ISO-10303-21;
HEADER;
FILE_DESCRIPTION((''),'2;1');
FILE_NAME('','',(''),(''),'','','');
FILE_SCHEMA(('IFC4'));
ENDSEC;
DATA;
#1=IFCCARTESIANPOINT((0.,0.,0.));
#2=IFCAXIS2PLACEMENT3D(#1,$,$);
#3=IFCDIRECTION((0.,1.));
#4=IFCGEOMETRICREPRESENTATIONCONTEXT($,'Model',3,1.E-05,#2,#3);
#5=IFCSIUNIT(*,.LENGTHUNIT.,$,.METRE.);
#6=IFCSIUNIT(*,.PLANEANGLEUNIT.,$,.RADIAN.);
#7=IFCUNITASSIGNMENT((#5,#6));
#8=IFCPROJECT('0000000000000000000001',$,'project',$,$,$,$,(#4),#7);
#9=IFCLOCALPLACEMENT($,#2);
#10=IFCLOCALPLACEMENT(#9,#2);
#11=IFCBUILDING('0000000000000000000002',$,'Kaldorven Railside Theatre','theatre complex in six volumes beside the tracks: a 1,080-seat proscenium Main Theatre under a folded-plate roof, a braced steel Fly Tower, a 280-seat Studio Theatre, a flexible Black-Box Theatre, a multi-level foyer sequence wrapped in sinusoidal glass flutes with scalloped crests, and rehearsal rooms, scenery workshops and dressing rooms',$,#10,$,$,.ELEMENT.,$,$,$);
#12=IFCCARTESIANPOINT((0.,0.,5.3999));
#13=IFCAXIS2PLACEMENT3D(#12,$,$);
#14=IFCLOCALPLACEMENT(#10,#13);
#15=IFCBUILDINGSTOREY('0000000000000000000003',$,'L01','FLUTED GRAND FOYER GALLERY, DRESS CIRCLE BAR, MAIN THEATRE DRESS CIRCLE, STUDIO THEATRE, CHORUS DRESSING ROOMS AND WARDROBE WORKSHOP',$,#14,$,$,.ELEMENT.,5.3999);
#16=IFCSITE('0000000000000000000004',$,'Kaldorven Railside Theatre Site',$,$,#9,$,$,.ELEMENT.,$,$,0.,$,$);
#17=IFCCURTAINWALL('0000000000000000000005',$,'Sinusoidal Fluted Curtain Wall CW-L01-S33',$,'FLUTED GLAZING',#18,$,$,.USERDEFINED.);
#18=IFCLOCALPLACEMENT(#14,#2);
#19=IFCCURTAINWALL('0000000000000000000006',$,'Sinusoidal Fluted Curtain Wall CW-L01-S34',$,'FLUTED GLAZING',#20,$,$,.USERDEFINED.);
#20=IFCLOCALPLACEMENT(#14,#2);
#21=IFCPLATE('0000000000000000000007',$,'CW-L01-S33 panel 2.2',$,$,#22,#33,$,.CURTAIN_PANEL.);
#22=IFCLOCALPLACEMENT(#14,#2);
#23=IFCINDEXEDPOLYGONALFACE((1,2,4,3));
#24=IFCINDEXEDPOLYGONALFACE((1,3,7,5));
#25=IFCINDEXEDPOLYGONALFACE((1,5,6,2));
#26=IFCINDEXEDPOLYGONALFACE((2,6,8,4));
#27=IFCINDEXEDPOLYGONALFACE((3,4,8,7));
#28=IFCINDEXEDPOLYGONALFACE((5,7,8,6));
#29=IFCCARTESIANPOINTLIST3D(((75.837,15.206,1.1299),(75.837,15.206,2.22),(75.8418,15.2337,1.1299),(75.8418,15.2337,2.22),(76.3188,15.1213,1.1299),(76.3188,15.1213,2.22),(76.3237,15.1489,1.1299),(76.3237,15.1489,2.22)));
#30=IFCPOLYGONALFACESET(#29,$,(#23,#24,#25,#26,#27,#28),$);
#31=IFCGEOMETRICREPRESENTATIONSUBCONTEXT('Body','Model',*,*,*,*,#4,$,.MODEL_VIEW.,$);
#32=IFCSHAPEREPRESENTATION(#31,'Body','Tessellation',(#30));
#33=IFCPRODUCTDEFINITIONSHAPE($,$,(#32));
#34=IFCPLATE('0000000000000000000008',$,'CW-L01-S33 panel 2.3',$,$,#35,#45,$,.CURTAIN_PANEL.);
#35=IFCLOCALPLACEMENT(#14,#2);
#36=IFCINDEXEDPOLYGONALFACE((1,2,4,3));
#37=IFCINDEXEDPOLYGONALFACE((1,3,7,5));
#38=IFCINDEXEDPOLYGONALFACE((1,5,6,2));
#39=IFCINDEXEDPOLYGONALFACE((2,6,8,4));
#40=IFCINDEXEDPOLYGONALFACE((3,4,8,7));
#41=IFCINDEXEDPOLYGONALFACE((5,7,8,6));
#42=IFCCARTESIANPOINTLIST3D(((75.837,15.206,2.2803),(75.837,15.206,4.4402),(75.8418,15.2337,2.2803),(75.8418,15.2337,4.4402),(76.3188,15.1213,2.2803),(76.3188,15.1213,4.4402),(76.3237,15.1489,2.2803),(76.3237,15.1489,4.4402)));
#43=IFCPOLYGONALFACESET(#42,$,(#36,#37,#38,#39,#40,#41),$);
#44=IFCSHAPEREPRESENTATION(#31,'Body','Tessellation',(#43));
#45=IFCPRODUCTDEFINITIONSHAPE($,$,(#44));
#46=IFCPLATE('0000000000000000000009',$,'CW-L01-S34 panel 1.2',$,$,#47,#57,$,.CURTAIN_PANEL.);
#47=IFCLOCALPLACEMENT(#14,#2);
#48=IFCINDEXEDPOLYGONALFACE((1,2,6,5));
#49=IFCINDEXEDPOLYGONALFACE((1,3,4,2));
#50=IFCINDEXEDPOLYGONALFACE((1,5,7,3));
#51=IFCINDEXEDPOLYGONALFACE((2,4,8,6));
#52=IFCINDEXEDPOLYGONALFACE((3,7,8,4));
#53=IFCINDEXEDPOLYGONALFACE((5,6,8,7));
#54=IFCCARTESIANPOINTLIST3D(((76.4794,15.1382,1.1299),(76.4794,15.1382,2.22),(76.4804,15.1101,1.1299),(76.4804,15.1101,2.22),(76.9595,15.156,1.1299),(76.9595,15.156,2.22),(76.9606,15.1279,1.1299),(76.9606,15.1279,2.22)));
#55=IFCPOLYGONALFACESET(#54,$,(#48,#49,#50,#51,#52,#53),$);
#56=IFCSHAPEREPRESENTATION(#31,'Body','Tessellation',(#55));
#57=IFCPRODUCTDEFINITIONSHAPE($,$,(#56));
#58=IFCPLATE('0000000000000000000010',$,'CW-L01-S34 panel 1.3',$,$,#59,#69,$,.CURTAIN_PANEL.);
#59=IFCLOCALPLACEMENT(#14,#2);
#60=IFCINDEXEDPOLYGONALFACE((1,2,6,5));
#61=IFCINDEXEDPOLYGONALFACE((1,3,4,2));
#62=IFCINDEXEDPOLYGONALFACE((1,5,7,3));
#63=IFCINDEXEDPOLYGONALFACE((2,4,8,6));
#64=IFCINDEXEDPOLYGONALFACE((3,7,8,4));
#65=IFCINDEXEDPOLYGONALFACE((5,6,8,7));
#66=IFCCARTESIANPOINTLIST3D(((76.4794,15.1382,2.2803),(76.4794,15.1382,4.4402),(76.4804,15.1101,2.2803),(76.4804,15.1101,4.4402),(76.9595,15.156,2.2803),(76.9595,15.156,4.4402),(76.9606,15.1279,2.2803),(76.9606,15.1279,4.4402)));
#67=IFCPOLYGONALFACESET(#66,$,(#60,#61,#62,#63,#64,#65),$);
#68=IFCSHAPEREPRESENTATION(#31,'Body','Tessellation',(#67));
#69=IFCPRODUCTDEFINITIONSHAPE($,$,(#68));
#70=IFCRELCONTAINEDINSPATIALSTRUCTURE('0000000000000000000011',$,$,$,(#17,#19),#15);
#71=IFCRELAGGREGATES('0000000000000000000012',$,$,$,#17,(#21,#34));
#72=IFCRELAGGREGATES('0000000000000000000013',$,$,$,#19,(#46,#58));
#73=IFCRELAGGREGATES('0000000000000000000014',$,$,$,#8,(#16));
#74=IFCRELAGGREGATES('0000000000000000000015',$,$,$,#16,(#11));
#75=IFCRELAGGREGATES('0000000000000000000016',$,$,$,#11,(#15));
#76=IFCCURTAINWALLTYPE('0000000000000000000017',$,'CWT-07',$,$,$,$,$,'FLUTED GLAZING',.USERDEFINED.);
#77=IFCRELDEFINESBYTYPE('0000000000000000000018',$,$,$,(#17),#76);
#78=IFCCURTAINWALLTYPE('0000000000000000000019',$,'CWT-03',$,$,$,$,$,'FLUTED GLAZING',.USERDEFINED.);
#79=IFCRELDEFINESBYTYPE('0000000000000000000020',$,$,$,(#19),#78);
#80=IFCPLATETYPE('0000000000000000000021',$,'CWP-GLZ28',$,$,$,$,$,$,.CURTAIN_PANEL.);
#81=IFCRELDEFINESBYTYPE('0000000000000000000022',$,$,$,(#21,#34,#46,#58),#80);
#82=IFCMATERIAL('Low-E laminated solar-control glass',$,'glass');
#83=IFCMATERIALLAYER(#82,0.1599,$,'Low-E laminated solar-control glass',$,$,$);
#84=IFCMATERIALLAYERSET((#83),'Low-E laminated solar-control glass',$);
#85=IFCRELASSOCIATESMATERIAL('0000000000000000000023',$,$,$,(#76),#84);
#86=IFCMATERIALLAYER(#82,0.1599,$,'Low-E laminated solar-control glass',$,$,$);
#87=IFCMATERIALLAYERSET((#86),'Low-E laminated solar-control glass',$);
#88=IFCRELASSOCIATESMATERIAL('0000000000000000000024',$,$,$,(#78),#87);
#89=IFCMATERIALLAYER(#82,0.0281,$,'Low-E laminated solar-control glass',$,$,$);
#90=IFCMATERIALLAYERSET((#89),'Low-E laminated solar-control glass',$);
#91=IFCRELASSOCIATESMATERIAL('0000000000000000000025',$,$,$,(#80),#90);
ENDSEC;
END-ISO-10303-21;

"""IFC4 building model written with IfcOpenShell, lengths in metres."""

from ifc_helpers import new_model, si_unit, direction, frame, origin, origin_2d, place, context, subcontext, project, spatial, rectangle, extrude, material, layer, layer_set, type_object, element, aggregate, save


model = new_model("IFC4")

# Units and contexts
model_context = context("Model", 3, precision=1e-05, world=origin(), true_north=direction((0.0, 1.0)))
body_context = subcontext(model_context, "Body", "Model", "MODEL_VIEW")
ifc_project = project(units=[si_unit("LENGTHUNIT", "METRE"), si_unit("PLANEANGLEUNIT", "RADIAN")], contexts=[model_context])

# Site, building, storey
site_placement = place(None, origin())
site = spatial("IfcSite", under=ifc_project, at=site_placement, Name="Kaldorven Railside Theatre Site", CompositionType="ELEMENT", RefElevation=0.0)
building_placement = place(site_placement, origin())
building = spatial("IfcBuilding", under=site, at=building_placement, Name="Kaldorven Railside Theatre", Description="theatre complex in six volumes beside the tracks: a 1,080-seat proscenium Main Theatre under a folded-plate roof, a braced steel Fly Tower, a 280-seat Studio Theatre, a flexible Black-Box Theatre, a multi-level foyer sequence wrapped in sinusoidal glass flutes with scalloped crests, and rehearsal rooms, scenery workshops and dressing rooms", CompositionType="ELEMENT")
storey_placement = place(building_placement, frame((0.0, 0.0, 5.3999)))
storey = spatial("IfcBuildingStorey", under=building, at=storey_placement, Name="L01", Description="FLUTED GRAND FOYER GALLERY, DRESS CIRCLE BAR, MAIN THEATRE DRESS CIRCLE, STUDIO THEATRE, CHORUS DRESSING ROOMS AND WARDROBE WORKSHOP", CompositionType="ELEMENT", Elevation=5.3999)

# Curtain walls
ifc_material_1 = material(Name="Low-E laminated solar-control glass", Category="glass")
ifc_layer_1 = layer(ifc_material_1, 0.1599, Name="Low-E laminated solar-control glass")
ifc_layer_set_1 = layer_set([ifc_layer_1], Name="Low-E laminated solar-control glass")
curtain_wall_type_1 = type_object("IfcCurtainWallType", Name="CWT-07", ElementType="FLUTED GLAZING", PredefinedType="USERDEFINED", material=ifc_layer_set_1)
curtain_wall_1_placement = place(storey_placement, origin())
curtain_wall_1 = element("IfcCurtainWall", 1, at=curtain_wall_1_placement, inside=storey, type_object=curtain_wall_type_1, Name="Sinusoidal Fluted Curtain Wall CW-L01-S33", ObjectType="FLUTED GLAZING", PredefinedType="USERDEFINED")
ifc_layer_2 = layer(ifc_material_1, 0.1599, Name="Low-E laminated solar-control glass")
ifc_layer_set_2 = layer_set([ifc_layer_2], Name="Low-E laminated solar-control glass")
curtain_wall_type_2 = type_object("IfcCurtainWallType", Name="CWT-03", ElementType="FLUTED GLAZING", PredefinedType="USERDEFINED", material=ifc_layer_set_2)
curtain_wall_2_placement = place(storey_placement, origin())
curtain_wall_2 = element("IfcCurtainWall", 2, at=curtain_wall_2_placement, inside=storey, type_object=curtain_wall_type_2, Name="Sinusoidal Fluted Curtain Wall CW-L01-S34", ObjectType="FLUTED GLAZING", PredefinedType="USERDEFINED")

# Shared definitions
ifc_layer_3 = layer(ifc_material_1, 0.0281, Name="Low-E laminated solar-control glass")
ifc_layer_set_3 = layer_set([ifc_layer_3], Name="Low-E laminated solar-control glass")
plate_type = type_object("IfcPlateType", Name="CWP-GLZ28", PredefinedType="CURTAIN_PANEL", material=ifc_layer_set_3)

# Plates
plate_1_placement = place(storey_placement, frame((76.0803, 15.1775, 1.1299), z_axis=(0.0, 0.0, 1.0), x_axis=(0.984877, -0.173256, 0.0)))
plate_1 = element("IfcPlate", 3, at=plate_1_placement, type_object=plate_type, Name="CW-L01-S33 panel 2.2", PredefinedType="CURTAIN_PANEL", context=body_context, shape_type="SweptSolid", body=[
    extrude(rectangle(XDim=0.4893, YDim=0.0281, at=origin_2d()), origin(), (0.0, 0.0, 1.0), 1.0901),
])
plate_2_placement = place(storey_placement, frame((76.0803, 15.1775, 2.2803), z_axis=(0.0, 0.0, 1.0), x_axis=(0.984877, -0.173256, 0.0)))
plate_2 = element("IfcPlate", 4, at=plate_2_placement, type_object=plate_type, Name="CW-L01-S33 panel 2.3", PredefinedType="CURTAIN_PANEL", context=body_context, shape_type="SweptSolid", body=[
    extrude(rectangle(XDim=0.4893, YDim=0.0281, at=origin_2d()), origin(), (0.0, 0.0, 1.0), 2.1599),
])
aggregate(curtain_wall_1, [plate_1, plate_2])
plate_3_placement = place(storey_placement, frame((76.72, 15.1331, 1.1299), z_axis=(0.0, 0.0, 1.0), x_axis=(0.999313, 0.037058, 0.0)))
plate_3 = element("IfcPlate", 5, at=plate_3_placement, type_object=plate_type, Name="CW-L01-S34 panel 1.2", PredefinedType="CURTAIN_PANEL", context=body_context, shape_type="SweptSolid", body=[
    extrude(rectangle(XDim=0.4805, YDim=0.0281, at=origin_2d()), origin(), (0.0, 0.0, 1.0), 1.0901),
])
plate_4_placement = place(storey_placement, frame((76.72, 15.1331, 2.2803), z_axis=(0.0, 0.0, 1.0), x_axis=(0.999313, 0.037058, 0.0)))
plate_4 = element("IfcPlate", 6, at=plate_4_placement, type_object=plate_type, Name="CW-L01-S34 panel 1.3", PredefinedType="CURTAIN_PANEL", context=body_context, shape_type="SweptSolid", body=[
    extrude(rectangle(XDim=0.4805, YDim=0.0281, at=origin_2d()), origin(), (0.0, 0.0, 1.0), 2.1599),
])
aggregate(curtain_wall_2, [plate_3, plate_4])

save(model, "model.ifc")
